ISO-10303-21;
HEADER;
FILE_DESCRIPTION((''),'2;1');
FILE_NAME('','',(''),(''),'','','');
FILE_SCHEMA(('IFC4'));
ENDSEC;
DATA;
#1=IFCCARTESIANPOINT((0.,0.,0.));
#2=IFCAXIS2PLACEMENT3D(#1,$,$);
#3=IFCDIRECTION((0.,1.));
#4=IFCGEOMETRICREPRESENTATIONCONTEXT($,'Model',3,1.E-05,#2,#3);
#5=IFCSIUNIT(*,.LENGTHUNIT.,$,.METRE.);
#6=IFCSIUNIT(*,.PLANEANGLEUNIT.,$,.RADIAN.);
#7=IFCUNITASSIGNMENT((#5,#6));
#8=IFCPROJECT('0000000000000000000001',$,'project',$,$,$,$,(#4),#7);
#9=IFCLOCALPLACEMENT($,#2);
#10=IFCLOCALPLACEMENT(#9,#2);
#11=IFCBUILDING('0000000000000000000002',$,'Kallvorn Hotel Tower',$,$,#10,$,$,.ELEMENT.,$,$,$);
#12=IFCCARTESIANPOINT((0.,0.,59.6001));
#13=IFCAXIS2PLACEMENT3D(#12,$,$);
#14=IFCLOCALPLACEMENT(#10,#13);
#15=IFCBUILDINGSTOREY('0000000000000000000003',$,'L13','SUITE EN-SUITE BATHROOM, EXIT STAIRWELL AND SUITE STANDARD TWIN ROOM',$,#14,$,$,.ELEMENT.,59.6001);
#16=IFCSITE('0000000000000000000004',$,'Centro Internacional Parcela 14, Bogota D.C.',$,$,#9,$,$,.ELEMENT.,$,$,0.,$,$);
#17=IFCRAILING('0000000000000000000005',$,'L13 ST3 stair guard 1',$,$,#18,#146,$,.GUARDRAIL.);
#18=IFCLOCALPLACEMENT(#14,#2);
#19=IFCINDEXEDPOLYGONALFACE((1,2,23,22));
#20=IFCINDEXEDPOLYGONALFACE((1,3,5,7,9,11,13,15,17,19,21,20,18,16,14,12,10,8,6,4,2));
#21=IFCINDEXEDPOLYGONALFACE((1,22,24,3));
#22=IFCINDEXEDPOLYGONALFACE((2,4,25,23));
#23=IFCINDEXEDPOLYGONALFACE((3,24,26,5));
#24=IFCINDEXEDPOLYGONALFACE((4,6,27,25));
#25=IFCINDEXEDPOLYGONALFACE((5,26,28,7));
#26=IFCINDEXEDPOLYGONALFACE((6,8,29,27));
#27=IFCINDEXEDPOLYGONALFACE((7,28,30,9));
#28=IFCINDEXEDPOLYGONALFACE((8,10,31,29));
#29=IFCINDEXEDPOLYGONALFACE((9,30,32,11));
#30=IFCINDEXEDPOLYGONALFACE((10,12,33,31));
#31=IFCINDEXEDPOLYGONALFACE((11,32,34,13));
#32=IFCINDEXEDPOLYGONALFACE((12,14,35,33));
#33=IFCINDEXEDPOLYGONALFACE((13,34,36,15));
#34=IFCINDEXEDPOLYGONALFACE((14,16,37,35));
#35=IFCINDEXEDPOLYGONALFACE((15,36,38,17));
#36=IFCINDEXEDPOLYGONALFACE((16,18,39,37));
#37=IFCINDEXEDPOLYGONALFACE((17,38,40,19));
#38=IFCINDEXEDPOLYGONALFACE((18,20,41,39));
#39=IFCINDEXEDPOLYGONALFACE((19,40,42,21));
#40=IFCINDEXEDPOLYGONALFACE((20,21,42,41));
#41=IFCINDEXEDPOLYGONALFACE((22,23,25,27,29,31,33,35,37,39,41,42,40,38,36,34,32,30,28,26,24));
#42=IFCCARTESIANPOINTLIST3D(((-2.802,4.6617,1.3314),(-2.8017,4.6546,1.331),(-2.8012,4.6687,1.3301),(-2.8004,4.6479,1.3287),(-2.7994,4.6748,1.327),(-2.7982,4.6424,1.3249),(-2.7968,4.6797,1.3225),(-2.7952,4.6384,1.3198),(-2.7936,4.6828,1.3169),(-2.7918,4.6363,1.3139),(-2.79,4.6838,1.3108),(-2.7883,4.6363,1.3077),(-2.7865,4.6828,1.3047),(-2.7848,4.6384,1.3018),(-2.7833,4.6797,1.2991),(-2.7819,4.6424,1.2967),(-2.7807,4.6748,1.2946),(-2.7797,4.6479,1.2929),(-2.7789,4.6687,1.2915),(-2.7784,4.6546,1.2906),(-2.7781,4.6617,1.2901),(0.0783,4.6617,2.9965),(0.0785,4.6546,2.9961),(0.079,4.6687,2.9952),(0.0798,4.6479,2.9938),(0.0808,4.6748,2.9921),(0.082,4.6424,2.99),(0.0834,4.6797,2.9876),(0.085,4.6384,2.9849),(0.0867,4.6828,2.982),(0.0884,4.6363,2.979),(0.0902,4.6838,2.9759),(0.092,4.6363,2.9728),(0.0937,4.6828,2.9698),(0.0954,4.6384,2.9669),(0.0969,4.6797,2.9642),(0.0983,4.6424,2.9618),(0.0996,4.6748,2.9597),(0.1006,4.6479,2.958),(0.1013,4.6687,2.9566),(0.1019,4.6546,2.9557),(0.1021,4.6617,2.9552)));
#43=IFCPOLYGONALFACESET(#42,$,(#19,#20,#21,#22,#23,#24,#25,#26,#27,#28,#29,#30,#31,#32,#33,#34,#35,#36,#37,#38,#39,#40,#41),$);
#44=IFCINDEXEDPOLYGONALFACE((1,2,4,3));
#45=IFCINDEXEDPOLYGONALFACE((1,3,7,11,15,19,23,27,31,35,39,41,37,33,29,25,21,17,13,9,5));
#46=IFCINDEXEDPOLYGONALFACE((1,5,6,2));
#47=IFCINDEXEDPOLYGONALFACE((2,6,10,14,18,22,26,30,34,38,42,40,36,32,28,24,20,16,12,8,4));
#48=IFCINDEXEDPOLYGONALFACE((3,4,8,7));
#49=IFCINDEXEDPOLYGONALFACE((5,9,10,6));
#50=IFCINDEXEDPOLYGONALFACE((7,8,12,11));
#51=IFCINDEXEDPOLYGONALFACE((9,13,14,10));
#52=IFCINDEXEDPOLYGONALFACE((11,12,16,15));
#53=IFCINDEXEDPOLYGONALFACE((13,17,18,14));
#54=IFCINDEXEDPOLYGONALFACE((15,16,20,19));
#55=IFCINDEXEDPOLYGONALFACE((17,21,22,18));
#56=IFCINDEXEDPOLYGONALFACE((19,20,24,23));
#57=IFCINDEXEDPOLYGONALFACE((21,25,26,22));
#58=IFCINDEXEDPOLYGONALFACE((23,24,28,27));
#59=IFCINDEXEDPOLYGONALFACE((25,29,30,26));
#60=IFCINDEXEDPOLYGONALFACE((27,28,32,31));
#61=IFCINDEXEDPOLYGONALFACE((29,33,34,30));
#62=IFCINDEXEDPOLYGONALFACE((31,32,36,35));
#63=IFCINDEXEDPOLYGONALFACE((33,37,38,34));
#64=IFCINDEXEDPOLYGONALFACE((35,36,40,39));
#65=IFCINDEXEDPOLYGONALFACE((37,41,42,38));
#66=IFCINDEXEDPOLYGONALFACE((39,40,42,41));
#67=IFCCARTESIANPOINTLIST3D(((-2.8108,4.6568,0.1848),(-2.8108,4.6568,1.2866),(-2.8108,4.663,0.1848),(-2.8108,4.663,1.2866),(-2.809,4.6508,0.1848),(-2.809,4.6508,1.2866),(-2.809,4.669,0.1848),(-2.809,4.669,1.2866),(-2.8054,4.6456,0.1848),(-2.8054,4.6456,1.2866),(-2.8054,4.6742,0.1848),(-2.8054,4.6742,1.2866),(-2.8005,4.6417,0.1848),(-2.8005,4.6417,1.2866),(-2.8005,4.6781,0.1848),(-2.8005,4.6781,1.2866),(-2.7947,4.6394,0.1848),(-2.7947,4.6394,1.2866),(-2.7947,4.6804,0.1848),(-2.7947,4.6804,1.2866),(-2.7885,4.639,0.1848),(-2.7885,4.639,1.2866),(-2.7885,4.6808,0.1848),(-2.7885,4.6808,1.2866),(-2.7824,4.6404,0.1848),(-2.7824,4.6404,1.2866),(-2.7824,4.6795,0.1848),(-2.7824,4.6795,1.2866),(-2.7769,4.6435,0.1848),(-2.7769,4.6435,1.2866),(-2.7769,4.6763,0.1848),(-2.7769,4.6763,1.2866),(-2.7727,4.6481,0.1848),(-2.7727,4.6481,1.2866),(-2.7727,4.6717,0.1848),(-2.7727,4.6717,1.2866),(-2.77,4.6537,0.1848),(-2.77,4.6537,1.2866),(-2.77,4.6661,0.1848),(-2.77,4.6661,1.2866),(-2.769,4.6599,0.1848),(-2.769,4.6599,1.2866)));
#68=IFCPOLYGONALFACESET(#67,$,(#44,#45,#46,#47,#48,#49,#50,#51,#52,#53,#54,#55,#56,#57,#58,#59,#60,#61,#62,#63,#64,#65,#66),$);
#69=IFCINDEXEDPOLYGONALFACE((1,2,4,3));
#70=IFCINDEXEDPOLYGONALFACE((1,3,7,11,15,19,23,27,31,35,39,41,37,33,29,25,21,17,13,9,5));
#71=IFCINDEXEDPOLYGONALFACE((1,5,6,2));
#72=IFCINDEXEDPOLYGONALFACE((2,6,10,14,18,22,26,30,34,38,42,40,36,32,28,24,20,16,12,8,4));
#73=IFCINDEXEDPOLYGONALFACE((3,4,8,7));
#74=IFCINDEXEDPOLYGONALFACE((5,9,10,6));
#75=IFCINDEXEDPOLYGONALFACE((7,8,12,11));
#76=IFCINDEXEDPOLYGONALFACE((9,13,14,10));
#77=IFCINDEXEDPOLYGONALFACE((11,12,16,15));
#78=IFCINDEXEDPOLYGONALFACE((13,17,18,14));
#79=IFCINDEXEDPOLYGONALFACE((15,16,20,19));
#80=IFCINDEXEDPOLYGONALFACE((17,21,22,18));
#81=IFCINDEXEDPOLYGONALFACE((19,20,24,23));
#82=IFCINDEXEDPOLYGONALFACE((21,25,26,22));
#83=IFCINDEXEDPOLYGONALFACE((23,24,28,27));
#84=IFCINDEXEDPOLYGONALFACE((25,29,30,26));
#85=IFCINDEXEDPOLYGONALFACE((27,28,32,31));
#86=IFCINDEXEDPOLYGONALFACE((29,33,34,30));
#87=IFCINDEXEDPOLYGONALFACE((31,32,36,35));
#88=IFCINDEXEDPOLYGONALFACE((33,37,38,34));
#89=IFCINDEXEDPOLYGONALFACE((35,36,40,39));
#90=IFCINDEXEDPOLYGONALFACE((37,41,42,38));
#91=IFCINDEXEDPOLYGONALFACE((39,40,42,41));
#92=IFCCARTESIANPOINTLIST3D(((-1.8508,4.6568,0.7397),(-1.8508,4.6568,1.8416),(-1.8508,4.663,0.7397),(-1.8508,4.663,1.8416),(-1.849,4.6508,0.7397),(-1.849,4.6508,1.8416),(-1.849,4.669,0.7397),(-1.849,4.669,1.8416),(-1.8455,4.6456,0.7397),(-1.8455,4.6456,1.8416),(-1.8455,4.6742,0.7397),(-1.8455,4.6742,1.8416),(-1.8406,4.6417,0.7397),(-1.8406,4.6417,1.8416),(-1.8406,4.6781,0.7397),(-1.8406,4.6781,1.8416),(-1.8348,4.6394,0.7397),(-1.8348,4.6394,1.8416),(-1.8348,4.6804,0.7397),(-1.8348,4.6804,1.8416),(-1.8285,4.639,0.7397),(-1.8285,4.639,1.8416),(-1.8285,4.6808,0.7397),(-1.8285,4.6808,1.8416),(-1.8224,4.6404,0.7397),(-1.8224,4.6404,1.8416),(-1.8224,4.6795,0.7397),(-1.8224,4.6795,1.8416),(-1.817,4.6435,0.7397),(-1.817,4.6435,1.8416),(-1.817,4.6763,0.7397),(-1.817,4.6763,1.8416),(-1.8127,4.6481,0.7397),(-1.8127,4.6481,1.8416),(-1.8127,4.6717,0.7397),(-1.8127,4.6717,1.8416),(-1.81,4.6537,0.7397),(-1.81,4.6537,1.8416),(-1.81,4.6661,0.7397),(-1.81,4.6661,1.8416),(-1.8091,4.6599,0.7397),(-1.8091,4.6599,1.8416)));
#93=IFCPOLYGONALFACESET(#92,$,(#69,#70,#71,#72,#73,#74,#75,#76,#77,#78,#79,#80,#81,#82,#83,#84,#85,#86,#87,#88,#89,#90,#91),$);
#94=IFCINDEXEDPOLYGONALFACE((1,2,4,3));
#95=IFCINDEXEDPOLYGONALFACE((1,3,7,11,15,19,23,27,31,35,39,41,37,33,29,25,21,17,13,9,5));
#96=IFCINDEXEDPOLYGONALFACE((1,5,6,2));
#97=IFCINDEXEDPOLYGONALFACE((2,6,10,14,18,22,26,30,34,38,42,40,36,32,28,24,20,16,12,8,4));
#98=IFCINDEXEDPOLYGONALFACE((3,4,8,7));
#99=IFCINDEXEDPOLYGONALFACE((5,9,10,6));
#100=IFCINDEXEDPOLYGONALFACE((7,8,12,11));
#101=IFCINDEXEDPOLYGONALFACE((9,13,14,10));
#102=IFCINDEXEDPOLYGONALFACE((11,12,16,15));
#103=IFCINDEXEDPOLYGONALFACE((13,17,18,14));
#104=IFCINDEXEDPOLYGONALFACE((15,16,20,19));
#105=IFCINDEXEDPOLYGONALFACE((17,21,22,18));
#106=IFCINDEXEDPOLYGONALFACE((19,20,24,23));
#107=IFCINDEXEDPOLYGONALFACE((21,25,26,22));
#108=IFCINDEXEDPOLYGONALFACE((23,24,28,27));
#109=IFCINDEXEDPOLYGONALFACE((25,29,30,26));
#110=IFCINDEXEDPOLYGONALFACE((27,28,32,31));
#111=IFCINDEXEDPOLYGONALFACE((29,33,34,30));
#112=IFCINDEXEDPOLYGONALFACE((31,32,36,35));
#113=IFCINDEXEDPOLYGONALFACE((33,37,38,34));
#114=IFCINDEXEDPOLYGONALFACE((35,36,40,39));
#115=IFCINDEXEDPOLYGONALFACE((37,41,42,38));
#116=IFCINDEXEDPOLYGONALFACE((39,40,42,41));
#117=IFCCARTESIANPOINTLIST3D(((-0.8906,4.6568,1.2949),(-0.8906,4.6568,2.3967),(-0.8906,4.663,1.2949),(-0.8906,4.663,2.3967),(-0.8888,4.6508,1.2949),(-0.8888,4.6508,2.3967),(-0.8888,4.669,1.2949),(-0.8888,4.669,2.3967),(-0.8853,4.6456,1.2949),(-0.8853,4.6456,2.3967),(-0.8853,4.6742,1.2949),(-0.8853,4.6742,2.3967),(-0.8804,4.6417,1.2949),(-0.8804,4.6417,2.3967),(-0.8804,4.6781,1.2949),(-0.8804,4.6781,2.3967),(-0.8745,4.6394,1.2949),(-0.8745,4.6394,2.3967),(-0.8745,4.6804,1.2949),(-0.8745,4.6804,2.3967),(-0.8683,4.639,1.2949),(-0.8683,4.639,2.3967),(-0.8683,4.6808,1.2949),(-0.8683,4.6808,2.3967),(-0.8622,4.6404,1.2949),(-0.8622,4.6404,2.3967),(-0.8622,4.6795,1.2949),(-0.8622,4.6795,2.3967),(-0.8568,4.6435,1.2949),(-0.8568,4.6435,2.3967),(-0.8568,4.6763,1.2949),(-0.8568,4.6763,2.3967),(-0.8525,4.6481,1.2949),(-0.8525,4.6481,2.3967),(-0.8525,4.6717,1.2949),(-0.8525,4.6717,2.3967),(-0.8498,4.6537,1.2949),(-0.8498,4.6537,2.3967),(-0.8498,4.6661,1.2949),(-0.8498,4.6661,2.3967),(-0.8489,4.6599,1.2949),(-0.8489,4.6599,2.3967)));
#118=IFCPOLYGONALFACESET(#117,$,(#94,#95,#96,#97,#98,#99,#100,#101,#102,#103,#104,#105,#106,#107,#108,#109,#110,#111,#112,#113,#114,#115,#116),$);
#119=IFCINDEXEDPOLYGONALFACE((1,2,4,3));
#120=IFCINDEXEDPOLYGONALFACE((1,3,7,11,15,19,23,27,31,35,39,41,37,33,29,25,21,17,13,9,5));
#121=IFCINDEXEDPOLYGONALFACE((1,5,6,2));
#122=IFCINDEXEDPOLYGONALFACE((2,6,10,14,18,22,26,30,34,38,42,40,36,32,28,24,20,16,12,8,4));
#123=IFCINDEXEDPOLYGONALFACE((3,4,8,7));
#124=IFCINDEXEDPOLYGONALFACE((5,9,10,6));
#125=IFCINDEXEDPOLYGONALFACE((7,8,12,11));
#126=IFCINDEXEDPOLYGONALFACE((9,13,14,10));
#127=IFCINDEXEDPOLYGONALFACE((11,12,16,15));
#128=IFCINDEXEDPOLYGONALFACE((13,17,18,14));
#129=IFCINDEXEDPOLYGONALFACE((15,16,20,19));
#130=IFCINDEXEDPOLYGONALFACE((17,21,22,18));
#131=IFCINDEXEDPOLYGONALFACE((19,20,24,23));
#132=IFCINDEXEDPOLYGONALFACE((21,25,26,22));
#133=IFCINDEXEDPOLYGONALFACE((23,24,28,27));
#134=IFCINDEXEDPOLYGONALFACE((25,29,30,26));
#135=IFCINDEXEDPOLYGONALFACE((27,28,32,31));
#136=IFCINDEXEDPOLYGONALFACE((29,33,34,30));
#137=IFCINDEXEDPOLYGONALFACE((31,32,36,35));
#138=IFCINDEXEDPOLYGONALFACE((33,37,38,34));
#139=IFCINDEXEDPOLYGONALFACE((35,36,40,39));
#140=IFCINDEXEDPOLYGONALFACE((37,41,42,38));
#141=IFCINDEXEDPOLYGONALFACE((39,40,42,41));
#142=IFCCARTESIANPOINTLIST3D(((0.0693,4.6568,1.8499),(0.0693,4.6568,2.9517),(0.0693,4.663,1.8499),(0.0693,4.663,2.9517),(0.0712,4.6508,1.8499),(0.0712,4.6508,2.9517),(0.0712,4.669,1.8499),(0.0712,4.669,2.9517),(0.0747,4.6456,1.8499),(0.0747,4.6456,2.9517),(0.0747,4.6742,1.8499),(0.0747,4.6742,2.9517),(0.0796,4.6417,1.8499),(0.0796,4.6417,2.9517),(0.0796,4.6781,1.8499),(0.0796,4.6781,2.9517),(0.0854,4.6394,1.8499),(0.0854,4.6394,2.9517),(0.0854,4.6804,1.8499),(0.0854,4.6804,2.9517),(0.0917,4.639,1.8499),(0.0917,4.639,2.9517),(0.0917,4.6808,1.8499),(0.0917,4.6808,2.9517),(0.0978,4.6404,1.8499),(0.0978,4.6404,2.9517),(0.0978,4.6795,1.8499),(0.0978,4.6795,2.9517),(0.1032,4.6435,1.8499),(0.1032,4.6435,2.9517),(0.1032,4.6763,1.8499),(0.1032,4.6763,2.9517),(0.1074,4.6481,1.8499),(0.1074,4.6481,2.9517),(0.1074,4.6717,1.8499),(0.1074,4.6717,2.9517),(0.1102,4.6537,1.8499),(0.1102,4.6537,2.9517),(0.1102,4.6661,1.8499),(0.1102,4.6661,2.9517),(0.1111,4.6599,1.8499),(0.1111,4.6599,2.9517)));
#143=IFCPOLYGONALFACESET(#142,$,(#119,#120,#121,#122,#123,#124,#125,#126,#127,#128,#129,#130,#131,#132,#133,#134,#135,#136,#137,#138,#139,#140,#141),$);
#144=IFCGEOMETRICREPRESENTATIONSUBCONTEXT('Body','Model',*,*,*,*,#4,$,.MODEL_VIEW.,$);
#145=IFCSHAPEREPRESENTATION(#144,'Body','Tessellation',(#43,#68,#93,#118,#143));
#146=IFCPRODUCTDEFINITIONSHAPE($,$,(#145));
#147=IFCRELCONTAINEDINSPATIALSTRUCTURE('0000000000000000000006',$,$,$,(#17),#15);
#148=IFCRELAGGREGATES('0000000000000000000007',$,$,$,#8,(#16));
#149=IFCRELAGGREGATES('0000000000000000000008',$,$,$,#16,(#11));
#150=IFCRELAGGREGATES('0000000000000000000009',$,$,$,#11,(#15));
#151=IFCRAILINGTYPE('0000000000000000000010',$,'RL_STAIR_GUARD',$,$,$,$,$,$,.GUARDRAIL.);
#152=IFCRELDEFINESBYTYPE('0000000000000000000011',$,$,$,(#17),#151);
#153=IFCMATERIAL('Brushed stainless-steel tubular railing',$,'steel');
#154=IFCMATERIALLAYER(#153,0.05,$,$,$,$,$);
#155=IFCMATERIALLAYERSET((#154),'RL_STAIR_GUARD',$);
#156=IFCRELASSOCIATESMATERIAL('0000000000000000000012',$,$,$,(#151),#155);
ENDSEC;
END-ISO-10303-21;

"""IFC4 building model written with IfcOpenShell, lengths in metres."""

from ifc_helpers import new_model, si_unit, direction, frame, origin, origin_2d, place, context, subcontext, project, spatial, circle, extrude, material, layer, layer_set, type_object, element, save


model = new_model("IFC4")

# Units and contexts
model_context = context("Model", 3, precision=1e-05, world=origin(), true_north=direction((0.0, 1.0)))
body_context = subcontext(model_context, "Body", "Model", "MODEL_VIEW")
ifc_project = project(units=[si_unit("LENGTHUNIT", "METRE"), si_unit("PLANEANGLEUNIT", "RADIAN")], contexts=[model_context])

# Site, building, storey
site_placement = place(None, origin())
site = spatial("IfcSite", under=ifc_project, at=site_placement, Name="Centro Internacional Parcela 14, Bogota D.C.", CompositionType="ELEMENT", RefElevation=0.0)
building_placement = place(site_placement, origin())
building = spatial("IfcBuilding", under=site, at=building_placement, Name="Kallvorn Hotel Tower", CompositionType="ELEMENT")
storey_placement = place(building_placement, frame((0.0, 0.0, 59.6001)))
storey = spatial("IfcBuildingStorey", under=building, at=storey_placement, Name="L13", Description="SUITE EN-SUITE BATHROOM, EXIT STAIRWELL AND SUITE STANDARD TWIN ROOM", CompositionType="ELEMENT", Elevation=59.6001)

# Railing
ifc_material_1 = material(Name="Brushed stainless-steel tubular railing", Category="steel")
ifc_layer_1 = layer(ifc_material_1, 0.05)
ifc_layer_set_1 = layer_set([ifc_layer_1], Name="RL_STAIR_GUARD")
railing_type_1 = type_object("IfcRailingType", Name="RL_STAIR_GUARD", PredefinedType="GUARDRAIL", material=ifc_layer_set_1)
railing_1_placement = place(storey_placement, frame((-2.79, 4.6599, 0.1848)))
element("IfcRailing", 1, at=railing_1_placement, inside=storey, type_object=railing_type_1, Name="L13 ST3 stair guard 1", PredefinedType="GUARDRAIL", context=body_context, shape_type="SweptSolid", body=[
    extrude(circle(Radius=0.0239, at=origin_2d()), frame((0.0, 0.0, 1.126), z_axis=(0.865739, 0.0, 0.500495), x_axis=(0.0, 1.0, 0.0)), (0.0, 0.0, 1.0), 3.3269),
    extrude(circle(Radius=0.021, at=origin_2d()), origin(), (0.0, 0.0, 1.0), 1.1018),
    extrude(circle(Radius=0.021, at=origin_2d()), frame((0.96, 0.0, 0.5549)), (0.0, 0.0, 1.0), 1.1018),
    extrude(circle(Radius=0.021, at=origin_2d()), frame((1.9202, 0.0, 1.1101)), (0.0, 0.0, 1.0), 1.1018),
    extrude(circle(Radius=0.021, at=origin_2d()), frame((2.8801, 0.0, 1.665)), (0.0, 0.0, 1.0), 1.1018),
])

save(model, "model.ifc")
